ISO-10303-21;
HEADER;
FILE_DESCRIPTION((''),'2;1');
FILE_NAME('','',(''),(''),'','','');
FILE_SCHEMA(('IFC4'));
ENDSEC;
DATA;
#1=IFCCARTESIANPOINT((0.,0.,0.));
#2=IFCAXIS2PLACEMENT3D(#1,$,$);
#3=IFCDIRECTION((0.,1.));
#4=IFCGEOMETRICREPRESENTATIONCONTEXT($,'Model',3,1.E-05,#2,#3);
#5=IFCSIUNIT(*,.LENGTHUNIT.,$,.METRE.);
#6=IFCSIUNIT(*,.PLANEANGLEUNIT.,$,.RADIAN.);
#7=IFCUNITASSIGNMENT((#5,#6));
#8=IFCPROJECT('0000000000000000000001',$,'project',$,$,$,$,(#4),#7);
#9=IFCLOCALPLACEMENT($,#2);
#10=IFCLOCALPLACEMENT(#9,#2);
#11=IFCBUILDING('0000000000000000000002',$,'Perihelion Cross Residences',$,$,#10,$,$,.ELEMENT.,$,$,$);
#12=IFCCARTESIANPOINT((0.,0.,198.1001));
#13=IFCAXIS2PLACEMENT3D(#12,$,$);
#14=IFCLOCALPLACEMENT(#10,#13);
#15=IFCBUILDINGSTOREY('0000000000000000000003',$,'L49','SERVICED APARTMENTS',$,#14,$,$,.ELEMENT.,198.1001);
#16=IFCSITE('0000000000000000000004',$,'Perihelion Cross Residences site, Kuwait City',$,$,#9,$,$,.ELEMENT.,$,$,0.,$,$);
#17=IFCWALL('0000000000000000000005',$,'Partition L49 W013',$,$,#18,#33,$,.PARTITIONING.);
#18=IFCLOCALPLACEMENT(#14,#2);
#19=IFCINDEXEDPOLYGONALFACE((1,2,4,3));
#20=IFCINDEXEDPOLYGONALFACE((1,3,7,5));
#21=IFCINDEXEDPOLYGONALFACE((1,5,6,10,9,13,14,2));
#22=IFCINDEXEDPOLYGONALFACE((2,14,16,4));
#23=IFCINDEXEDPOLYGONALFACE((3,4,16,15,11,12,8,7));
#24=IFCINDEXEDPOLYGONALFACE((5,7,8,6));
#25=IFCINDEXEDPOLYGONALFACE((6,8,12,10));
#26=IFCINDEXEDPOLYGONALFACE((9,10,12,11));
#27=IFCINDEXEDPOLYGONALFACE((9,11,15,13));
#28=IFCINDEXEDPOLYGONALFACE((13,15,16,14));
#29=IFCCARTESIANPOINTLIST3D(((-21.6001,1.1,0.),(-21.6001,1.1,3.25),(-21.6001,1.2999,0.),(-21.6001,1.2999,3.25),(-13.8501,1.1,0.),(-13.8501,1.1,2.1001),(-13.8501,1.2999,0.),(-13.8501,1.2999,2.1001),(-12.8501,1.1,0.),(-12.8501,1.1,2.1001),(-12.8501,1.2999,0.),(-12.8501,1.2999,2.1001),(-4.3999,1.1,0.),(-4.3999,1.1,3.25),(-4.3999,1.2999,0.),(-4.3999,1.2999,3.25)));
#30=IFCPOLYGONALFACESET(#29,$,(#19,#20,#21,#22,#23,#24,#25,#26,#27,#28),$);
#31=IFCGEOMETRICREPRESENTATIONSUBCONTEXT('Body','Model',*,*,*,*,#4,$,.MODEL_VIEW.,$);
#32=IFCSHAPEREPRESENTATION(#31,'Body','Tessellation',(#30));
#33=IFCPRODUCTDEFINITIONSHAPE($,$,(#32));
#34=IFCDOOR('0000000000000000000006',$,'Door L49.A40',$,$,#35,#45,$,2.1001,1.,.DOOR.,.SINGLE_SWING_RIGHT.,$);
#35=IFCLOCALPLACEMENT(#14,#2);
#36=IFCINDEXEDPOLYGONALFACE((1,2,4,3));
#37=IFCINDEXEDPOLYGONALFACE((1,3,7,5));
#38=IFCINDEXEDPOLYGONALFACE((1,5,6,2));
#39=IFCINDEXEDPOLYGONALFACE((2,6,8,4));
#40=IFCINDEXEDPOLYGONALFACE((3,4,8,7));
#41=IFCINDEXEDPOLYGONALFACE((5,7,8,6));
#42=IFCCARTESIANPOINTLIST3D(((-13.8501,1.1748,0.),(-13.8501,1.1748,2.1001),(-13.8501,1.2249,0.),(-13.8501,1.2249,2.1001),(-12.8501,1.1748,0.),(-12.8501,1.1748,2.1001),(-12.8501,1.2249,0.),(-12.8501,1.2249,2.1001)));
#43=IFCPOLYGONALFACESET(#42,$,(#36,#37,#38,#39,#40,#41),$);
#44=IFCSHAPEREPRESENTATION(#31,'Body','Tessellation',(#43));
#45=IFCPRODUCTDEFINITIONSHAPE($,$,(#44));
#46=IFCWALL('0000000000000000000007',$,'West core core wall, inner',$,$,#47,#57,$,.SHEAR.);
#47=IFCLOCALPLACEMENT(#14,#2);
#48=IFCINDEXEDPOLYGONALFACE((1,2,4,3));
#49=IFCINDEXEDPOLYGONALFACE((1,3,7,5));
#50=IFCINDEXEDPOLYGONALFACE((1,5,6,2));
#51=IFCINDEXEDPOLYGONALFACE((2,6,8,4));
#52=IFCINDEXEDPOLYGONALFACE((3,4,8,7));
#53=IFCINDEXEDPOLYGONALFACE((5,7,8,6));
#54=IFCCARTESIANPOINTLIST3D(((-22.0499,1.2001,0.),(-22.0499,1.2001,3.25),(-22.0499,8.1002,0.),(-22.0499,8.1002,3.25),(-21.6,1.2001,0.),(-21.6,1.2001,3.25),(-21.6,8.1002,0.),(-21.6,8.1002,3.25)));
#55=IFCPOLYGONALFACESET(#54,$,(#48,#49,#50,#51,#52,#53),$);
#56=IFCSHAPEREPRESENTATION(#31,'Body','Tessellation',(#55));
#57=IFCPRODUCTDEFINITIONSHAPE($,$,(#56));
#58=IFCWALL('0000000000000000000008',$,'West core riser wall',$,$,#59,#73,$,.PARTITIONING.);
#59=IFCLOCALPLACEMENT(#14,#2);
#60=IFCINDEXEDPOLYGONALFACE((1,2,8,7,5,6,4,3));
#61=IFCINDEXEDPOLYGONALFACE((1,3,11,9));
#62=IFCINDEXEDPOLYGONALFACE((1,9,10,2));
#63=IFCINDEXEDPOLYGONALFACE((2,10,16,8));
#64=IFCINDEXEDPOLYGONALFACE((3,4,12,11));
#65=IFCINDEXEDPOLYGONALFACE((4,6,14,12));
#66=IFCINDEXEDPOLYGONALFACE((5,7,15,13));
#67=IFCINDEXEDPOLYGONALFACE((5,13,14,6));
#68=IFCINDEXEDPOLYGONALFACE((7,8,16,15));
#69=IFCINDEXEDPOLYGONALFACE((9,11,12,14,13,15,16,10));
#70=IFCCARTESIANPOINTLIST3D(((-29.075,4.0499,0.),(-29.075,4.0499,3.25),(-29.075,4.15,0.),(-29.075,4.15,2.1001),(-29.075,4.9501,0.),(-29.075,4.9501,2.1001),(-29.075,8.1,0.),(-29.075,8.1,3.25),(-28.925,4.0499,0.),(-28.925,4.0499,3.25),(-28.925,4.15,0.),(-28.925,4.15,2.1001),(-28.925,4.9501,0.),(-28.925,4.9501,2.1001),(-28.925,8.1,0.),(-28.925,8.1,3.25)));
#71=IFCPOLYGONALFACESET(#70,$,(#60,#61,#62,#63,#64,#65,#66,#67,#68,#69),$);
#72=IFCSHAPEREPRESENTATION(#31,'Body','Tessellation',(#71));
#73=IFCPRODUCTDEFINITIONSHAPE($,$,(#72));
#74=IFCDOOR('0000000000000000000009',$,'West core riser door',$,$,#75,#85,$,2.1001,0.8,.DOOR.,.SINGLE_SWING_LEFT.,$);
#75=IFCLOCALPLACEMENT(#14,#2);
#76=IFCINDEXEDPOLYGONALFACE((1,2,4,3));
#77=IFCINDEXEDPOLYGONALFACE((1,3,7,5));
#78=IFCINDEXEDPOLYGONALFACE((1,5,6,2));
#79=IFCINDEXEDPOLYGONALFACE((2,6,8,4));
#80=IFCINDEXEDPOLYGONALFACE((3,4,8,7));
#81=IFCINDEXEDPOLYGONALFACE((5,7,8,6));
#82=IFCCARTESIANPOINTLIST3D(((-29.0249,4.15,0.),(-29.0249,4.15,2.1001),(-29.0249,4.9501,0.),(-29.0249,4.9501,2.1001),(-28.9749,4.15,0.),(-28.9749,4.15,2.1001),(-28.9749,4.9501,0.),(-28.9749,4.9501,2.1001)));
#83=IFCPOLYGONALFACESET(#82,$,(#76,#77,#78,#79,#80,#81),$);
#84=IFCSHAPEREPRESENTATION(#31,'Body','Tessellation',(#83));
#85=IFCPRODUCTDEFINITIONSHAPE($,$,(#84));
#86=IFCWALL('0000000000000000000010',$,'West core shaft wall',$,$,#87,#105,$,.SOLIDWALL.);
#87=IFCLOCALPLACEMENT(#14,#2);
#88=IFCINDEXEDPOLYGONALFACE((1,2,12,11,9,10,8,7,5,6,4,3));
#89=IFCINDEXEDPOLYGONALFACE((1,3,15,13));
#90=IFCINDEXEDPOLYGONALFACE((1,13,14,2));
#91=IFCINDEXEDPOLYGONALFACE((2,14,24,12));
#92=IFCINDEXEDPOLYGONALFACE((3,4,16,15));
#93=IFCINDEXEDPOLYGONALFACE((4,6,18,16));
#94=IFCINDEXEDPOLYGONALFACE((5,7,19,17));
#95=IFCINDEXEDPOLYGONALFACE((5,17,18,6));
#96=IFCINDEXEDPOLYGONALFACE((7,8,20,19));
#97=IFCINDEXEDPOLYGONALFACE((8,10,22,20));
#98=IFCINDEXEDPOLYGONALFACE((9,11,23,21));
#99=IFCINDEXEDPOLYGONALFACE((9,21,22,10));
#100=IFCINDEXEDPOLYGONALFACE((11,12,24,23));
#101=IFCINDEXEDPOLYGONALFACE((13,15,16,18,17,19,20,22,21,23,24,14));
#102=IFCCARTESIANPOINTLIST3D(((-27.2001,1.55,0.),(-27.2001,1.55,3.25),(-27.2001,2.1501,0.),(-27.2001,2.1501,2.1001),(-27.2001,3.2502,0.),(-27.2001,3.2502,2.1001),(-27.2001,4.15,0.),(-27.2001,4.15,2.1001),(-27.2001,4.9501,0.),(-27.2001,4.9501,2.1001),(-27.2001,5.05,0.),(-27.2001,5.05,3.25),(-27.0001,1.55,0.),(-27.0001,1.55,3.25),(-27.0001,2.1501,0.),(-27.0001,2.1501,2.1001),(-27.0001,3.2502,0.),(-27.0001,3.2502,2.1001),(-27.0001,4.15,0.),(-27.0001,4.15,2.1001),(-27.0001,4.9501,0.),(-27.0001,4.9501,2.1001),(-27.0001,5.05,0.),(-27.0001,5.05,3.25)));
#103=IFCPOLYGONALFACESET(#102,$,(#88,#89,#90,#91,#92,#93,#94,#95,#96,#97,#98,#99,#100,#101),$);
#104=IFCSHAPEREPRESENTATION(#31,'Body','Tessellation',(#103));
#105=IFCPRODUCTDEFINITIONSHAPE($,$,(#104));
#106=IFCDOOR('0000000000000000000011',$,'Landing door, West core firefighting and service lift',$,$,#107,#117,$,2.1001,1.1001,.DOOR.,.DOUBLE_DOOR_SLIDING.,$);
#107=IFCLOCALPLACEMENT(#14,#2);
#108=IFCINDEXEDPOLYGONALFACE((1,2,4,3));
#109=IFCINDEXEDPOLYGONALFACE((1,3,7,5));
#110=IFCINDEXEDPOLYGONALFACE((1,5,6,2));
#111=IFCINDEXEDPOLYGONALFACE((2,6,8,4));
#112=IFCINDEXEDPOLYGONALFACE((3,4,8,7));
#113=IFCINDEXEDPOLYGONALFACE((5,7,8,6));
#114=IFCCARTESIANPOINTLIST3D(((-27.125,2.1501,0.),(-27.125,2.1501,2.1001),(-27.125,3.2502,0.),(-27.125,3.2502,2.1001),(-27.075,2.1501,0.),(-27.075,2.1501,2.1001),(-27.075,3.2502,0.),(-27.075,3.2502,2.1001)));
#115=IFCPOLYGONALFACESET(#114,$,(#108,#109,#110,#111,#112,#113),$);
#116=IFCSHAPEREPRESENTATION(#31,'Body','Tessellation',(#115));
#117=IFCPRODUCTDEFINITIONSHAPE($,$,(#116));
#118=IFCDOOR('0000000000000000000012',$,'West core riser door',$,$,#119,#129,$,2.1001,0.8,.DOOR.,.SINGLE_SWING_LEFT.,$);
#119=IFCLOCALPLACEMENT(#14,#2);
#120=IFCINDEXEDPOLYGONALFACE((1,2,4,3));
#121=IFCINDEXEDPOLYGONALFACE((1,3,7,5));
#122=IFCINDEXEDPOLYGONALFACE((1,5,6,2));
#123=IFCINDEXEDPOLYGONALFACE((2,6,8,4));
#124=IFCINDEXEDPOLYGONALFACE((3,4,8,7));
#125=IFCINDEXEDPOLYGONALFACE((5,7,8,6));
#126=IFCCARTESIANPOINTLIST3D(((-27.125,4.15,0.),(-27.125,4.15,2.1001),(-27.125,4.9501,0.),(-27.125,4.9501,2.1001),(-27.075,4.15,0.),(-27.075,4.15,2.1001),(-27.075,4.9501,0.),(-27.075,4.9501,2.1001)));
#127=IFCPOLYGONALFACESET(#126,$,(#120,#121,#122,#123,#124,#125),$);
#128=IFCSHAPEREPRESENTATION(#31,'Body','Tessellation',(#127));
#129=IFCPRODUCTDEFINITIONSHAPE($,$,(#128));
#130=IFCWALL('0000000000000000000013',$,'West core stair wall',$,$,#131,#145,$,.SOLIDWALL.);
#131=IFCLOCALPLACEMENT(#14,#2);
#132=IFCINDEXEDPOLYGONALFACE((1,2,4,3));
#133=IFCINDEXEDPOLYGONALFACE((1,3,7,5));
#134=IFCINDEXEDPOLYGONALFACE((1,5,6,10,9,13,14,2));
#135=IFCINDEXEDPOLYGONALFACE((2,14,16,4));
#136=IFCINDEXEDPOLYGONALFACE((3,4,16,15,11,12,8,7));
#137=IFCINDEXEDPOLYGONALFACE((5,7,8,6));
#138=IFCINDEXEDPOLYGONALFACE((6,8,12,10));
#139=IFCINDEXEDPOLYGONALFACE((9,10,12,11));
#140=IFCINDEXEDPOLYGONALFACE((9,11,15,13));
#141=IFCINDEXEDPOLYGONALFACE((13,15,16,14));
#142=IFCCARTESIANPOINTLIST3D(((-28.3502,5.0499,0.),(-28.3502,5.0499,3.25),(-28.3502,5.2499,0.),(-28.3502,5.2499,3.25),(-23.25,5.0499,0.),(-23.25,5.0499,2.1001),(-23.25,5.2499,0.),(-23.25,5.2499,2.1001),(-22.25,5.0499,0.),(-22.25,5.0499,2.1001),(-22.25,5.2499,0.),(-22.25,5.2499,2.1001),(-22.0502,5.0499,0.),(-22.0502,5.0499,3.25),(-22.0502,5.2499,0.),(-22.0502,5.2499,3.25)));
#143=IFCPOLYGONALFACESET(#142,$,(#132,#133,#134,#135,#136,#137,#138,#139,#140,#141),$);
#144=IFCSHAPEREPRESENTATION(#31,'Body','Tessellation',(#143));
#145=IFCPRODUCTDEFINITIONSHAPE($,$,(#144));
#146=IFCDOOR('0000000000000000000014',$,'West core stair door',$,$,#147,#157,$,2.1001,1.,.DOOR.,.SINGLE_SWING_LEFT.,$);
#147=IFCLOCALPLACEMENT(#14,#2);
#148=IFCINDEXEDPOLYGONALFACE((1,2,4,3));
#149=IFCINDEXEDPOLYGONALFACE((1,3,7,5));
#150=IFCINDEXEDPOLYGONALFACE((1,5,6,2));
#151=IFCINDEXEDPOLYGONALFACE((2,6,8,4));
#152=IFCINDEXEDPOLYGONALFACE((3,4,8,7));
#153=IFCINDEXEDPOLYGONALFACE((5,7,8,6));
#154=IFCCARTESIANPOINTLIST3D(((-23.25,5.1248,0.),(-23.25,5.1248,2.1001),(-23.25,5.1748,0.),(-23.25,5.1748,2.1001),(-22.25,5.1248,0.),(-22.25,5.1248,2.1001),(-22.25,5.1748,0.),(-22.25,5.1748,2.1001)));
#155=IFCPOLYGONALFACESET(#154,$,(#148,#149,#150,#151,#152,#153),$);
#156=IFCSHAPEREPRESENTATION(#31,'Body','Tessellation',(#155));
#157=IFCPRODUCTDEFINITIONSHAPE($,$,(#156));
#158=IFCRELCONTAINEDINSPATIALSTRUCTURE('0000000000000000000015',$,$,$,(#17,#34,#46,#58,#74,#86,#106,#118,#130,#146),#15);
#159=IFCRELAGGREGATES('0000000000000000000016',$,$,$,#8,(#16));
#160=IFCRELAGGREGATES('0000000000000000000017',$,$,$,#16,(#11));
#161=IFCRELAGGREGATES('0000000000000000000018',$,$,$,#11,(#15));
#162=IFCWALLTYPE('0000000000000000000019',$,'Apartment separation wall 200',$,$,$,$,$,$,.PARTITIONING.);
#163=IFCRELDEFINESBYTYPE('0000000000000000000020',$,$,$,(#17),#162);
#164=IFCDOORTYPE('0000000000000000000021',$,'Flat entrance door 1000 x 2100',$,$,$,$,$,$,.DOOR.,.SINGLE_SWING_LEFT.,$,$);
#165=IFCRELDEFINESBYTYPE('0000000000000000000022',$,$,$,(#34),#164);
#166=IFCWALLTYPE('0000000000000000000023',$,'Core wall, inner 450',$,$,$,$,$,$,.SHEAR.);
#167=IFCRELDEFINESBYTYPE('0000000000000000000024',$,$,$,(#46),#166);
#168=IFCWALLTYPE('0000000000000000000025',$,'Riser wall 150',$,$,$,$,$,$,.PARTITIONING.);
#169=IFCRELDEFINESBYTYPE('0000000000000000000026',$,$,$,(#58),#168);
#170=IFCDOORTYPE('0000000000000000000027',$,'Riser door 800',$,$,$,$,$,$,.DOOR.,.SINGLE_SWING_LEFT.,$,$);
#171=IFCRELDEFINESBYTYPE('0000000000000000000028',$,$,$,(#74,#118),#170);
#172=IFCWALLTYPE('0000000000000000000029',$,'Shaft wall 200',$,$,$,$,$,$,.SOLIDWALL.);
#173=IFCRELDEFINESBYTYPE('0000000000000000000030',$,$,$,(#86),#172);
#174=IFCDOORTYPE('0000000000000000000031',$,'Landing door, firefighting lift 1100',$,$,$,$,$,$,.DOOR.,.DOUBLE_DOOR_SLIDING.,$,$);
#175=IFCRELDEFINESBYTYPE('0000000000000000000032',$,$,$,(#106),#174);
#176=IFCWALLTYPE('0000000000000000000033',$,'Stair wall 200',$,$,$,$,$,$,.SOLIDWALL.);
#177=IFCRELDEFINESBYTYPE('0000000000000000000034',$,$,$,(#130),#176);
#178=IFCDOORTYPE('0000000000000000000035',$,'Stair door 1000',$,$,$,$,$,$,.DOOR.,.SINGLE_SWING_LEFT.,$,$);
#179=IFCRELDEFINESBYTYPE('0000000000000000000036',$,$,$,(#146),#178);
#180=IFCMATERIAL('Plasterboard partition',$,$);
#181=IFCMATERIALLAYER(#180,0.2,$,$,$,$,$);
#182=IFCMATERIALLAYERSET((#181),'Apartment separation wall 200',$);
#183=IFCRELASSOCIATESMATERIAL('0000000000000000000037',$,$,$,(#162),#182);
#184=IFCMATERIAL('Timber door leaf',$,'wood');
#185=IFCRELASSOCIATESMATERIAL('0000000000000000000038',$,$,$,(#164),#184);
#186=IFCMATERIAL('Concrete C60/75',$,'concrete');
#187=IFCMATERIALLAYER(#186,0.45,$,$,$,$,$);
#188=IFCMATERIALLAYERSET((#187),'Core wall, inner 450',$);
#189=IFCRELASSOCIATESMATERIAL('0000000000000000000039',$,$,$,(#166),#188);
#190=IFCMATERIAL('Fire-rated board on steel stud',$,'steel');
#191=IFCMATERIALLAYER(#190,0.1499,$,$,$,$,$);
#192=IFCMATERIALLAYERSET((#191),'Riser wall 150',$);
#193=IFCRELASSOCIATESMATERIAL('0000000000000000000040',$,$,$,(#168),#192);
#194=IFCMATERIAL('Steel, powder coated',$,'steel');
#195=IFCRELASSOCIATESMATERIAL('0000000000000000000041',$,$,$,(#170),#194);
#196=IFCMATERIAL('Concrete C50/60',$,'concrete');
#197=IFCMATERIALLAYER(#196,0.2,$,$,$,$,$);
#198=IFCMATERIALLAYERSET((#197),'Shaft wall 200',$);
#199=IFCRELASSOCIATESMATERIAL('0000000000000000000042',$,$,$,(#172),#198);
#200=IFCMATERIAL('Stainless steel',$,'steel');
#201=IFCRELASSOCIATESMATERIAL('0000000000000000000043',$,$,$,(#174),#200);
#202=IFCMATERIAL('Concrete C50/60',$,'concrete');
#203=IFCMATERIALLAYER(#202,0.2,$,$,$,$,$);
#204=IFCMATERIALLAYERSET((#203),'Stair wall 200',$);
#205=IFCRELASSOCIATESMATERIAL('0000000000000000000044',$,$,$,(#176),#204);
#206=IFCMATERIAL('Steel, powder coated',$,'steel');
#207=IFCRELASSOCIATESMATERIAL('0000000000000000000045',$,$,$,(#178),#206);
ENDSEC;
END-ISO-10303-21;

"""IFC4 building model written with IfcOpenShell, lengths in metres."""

from ifc_helpers import new_model, si_unit, direction, frame, frame_2d, origin, place, context, subcontext, project, spatial, rectangle, extrude, material, layer, layer_set, type_object, element, fill, save


model = new_model("IFC4")

# Units and contexts
model_context = context("Model", 3, precision=1e-05, world=origin(), true_north=direction((0.0, 1.0)))
body_context = subcontext(model_context, "Body", "Model", "MODEL_VIEW")
ifc_project = project(units=[si_unit("LENGTHUNIT", "METRE"), si_unit("PLANEANGLEUNIT", "RADIAN")], contexts=[model_context])

# Site, building, storey
site_placement = place(None, origin())
site = spatial("IfcSite", under=ifc_project, at=site_placement, Name="Perihelion Cross Residences site, Kuwait City", CompositionType="ELEMENT", RefElevation=0.0)
building_placement = place(site_placement, origin())
building = spatial("IfcBuilding", under=site, at=building_placement, Name="Perihelion Cross Residences", CompositionType="ELEMENT")
storey_placement = place(building_placement, frame((0.0, 0.0, 198.1001)))
storey = spatial("IfcBuildingStorey", under=building, at=storey_placement, Name="L49", Description="SERVICED APARTMENTS", CompositionType="ELEMENT", Elevation=198.1001)

# Wall, opening, door
ifc_material_1 = material(Name="Plasterboard partition")
ifc_layer_1 = layer(ifc_material_1, 0.2)
ifc_layer_set_1 = layer_set([ifc_layer_1], Name="Apartment separation wall 200")
wall_type_1 = type_object("IfcWallType", Name="Apartment separation wall 200", PredefinedType="PARTITIONING", material=ifc_layer_set_1)
wall_1_placement = place(storey_placement, frame((-21.6001, 1.2, 0.0), z_axis=(0.0, 0.0, 1.0), x_axis=(1.0, 0.0, 0.0)))
wall_1 = element("IfcWall", 1, at=wall_1_placement, inside=storey, type_object=wall_type_1, Name="Partition L49 W013", PredefinedType="PARTITIONING", context=body_context, shape_type="SweptSolid", body=[
    extrude(rectangle(XDim=17.2002, YDim=0.2, at=frame_2d((8.6001, 0.0))), origin(), (0.0, 0.0, 1.0), 3.25),
])
opening_1_placement = place(wall_1_placement, frame((7.75, 0.0, 0.0)))
opening_1 = element("IfcOpeningElement", 2, at=opening_1_placement, cuts=wall_1, PredefinedType="OPENING", context=body_context, shape_type="SweptSolid", body=[
    extrude(rectangle(XDim=1.0, YDim=2.1001, at=frame_2d((0.5, 1.05))), frame((0.0, 0.1099, 0.0), z_axis=(0.0, -1.0, 0.0), x_axis=(1.0, 0.0, 0.0)), (0.0, 0.0, 1.0), 0.22),
])
ifc_material_2 = material(Name="Timber door leaf", Category="wood")
door_type_1 = type_object("IfcDoorType", Name="Flat entrance door 1000 x 2100", OperationType="SINGLE_SWING_LEFT", PredefinedType="DOOR", material=ifc_material_2)
door_1_placement = place(opening_1_placement, origin())
door_1 = element("IfcDoor", 3, at=door_1_placement, inside=storey, type_object=door_type_1, Name="Door L49.A40", OperationType="SINGLE_SWING_RIGHT", OverallHeight=2.1001, OverallWidth=1.0, PredefinedType="DOOR", context=body_context, shape_type="SweptSolid", body=[
    extrude(rectangle(XDim=1.0, YDim=2.1001, at=frame_2d((0.5, 1.05))), frame((0.0, 0.0249, 0.0), z_axis=(0.0, -1.0, 0.0), x_axis=(1.0, 0.0, 0.0)), (0.0, 0.0, 1.0), 0.05),
])
fill(opening_1, door_1)

# Wall
ifc_material_3 = material(Name="Concrete C60/75", Category="concrete")
ifc_layer_2 = layer(ifc_material_3, 0.45)
ifc_layer_set_2 = layer_set([ifc_layer_2], Name="Core wall, inner 450")
wall_type_2 = type_object("IfcWallType", Name="Core wall, inner 450", PredefinedType="SHEAR", material=ifc_layer_set_2)
wall_2_placement = place(storey_placement, frame((-21.825, 1.2, 0.0), z_axis=(0.0, 0.0, 1.0), x_axis=(0.0, 1.0, 0.0)))
element("IfcWall", 4, at=wall_2_placement, inside=storey, type_object=wall_type_2, Name="West core core wall, inner", PredefinedType="SHEAR", context=body_context, shape_type="SweptSolid", body=[
    extrude(rectangle(XDim=6.9001, YDim=0.45, at=frame_2d((3.4502, 0.0))), origin(), (0.0, 0.0, 1.0), 3.25),
])

# Wall, opening, door
ifc_material_4 = material(Name="Fire-rated board on steel stud", Category="steel")
ifc_layer_3 = layer(ifc_material_4, 0.1499)
ifc_layer_set_3 = layer_set([ifc_layer_3], Name="Riser wall 150")
wall_type_3 = type_object("IfcWallType", Name="Riser wall 150", PredefinedType="PARTITIONING", material=ifc_layer_set_3)
wall_3_placement = place(storey_placement, frame((-29.0, 4.05, 0.0), z_axis=(0.0, 0.0, 1.0), x_axis=(0.0, 1.0, 0.0)))
wall_3 = element("IfcWall", 5, at=wall_3_placement, inside=storey, type_object=wall_type_3, Name="West core riser wall", PredefinedType="PARTITIONING", context=body_context, shape_type="SweptSolid", body=[
    extrude(rectangle(XDim=4.05, YDim=0.1499, at=frame_2d((2.0249, 0.0))), origin(), (0.0, 0.0, 1.0), 3.25),
])
opening_2_placement = place(wall_3_placement, frame((0.1001, 0.0, 0.0)))
opening_2 = element("IfcOpeningElement", 6, at=opening_2_placement, cuts=wall_3, PredefinedType="OPENING", context=body_context, shape_type="SweptSolid", body=[
    extrude(rectangle(XDim=0.8, YDim=2.1001, at=frame_2d((0.3999, 1.05))), frame((0.0, 0.085, 0.0), z_axis=(0.0, -1.0, 0.0), x_axis=(1.0, 0.0, 0.0)), (0.0, 0.0, 1.0), 0.1699),
])
ifc_material_5 = material(Name="Steel, powder coated", Category="steel")
door_type_2 = type_object("IfcDoorType", Name="Riser door 800", OperationType="SINGLE_SWING_LEFT", PredefinedType="DOOR", material=ifc_material_5)
door_2_placement = place(opening_2_placement, origin())
door_2 = element("IfcDoor", 7, at=door_2_placement, inside=storey, type_object=door_type_2, Name="West core riser door", OperationType="SINGLE_SWING_LEFT", OverallHeight=2.1001, OverallWidth=0.8, PredefinedType="DOOR", context=body_context, shape_type="SweptSolid", body=[
    extrude(rectangle(XDim=0.8, YDim=2.1001, at=frame_2d((0.3999, 1.05))), frame((0.0, 0.0249, 0.0), z_axis=(0.0, -1.0, 0.0), x_axis=(1.0, 0.0, 0.0)), (0.0, 0.0, 1.0), 0.05),
])
fill(opening_2, door_2)

# Wall, openings, doors
ifc_material_6 = material(Name="Concrete C50/60", Category="concrete")
ifc_layer_4 = layer(ifc_material_6, 0.2)
ifc_layer_set_4 = layer_set([ifc_layer_4], Name="Shaft wall 200")
wall_type_4 = type_object("IfcWallType", Name="Shaft wall 200", PredefinedType="SOLIDWALL", material=ifc_layer_set_4)
wall_4_placement = place(storey_placement, frame((-27.1001, 1.55, 0.0), z_axis=(0.0, 0.0, 1.0), x_axis=(0.0, 1.0, 0.0)))
wall_4 = element("IfcWall", 8, at=wall_4_placement, inside=storey, type_object=wall_type_4, Name="West core shaft wall", PredefinedType="SOLIDWALL", context=body_context, shape_type="SweptSolid", body=[
    extrude(rectangle(XDim=3.5, YDim=0.2, at=frame_2d((1.75, 0.0))), origin(), (0.0, 0.0, 1.0), 3.25),
])
opening_3_placement = place(wall_4_placement, frame((0.6001, 0.0, 0.0)))
opening_3 = element("IfcOpeningElement", 9, at=opening_3_placement, cuts=wall_4, PredefinedType="OPENING", context=body_context, shape_type="SweptSolid", body=[
    extrude(rectangle(XDim=1.1001, YDim=2.1001, at=frame_2d((0.55, 1.05))), frame((0.0, 0.1099, 0.0), z_axis=(0.0, -1.0, 0.0), x_axis=(1.0, 0.0, 0.0)), (0.0, 0.0, 1.0), 0.22),
])
opening_4_placement = place(wall_4_placement, frame((2.6001, 0.0, 0.0)))
opening_4 = element("IfcOpeningElement", 10, at=opening_4_placement, cuts=wall_4, PredefinedType="OPENING", context=body_context, shape_type="SweptSolid", body=[
    extrude(rectangle(XDim=0.8, YDim=2.1001, at=frame_2d((0.3999, 1.05))), frame((0.0, 0.1099, 0.0), z_axis=(0.0, -1.0, 0.0), x_axis=(1.0, 0.0, 0.0)), (0.0, 0.0, 1.0), 0.22),
])
ifc_material_7 = material(Name="Stainless steel", Category="steel")
door_type_3 = type_object("IfcDoorType", Name="Landing door, firefighting lift 1100", OperationType="DOUBLE_DOOR_SLIDING", PredefinedType="DOOR", material=ifc_material_7)
door_3_placement = place(opening_3_placement, origin())
door_3 = element("IfcDoor", 11, at=door_3_placement, inside=storey, type_object=door_type_3, Name="Landing door, West core firefighting and service lift", OperationType="DOUBLE_DOOR_SLIDING", OverallHeight=2.1001, OverallWidth=1.1001, PredefinedType="DOOR", context=body_context, shape_type="SweptSolid", body=[
    extrude(rectangle(XDim=1.1001, YDim=2.1001, at=frame_2d((0.55, 1.05))), frame((0.0, 0.0249, 0.0), z_axis=(0.0, -1.0, 0.0), x_axis=(1.0, 0.0, 0.0)), (0.0, 0.0, 1.0), 0.05),
])
fill(opening_3, door_3)
door_4_placement = place(opening_4_placement, origin())
door_4 = element("IfcDoor", 12, at=door_4_placement, inside=storey, type_object=door_type_2, Name="West core riser door", OperationType="SINGLE_SWING_LEFT", OverallHeight=2.1001, OverallWidth=0.8, PredefinedType="DOOR", context=body_context, shape_type="SweptSolid", body=[
    extrude(rectangle(XDim=0.8, YDim=2.1001, at=frame_2d((0.3999, 1.05))), frame((0.0, 0.0249, 0.0), z_axis=(0.0, -1.0, 0.0), x_axis=(1.0, 0.0, 0.0)), (0.0, 0.0, 1.0), 0.05),
])
fill(opening_4, door_4)

# Wall, opening, door
ifc_material_8 = material(Name="Concrete C50/60", Category="concrete")
ifc_layer_5 = layer(ifc_material_8, 0.2)
ifc_layer_set_5 = layer_set([ifc_layer_5], Name="Stair wall 200")
wall_type_5 = type_object("IfcWallType", Name="Stair wall 200", PredefinedType="SOLIDWALL", material=ifc_layer_set_5)
wall_5_placement = place(storey_placement, frame((-28.3501, 5.1499, 0.0), z_axis=(0.0, 0.0, 1.0), x_axis=(1.0, 0.0, 0.0)))
wall_5 = element("IfcWall", 13, at=wall_5_placement, inside=storey, type_object=wall_type_5, Name="West core stair wall", PredefinedType="SOLIDWALL", context=body_context, shape_type="SweptSolid", body=[
    extrude(rectangle(XDim=6.3, YDim=0.2, at=frame_2d((3.1499, 0.0))), origin(), (0.0, 0.0, 1.0), 3.25),
])
opening_5_placement = place(wall_5_placement, frame((5.1001, 0.0, 0.0)))
opening_5 = element("IfcOpeningElement", 14, at=opening_5_placement, cuts=wall_5, PredefinedType="OPENING", context=body_context, shape_type="SweptSolid", body=[
    extrude(rectangle(XDim=1.0, YDim=2.1001, at=frame_2d((0.5, 1.05))), frame((0.0, 0.1099, 0.0), z_axis=(0.0, -1.0, 0.0), x_axis=(1.0, 0.0, 0.0)), (0.0, 0.0, 1.0), 0.22),
])
ifc_material_9 = material(Name="Steel, powder coated", Category="steel")
door_type_4 = type_object("IfcDoorType", Name="Stair door 1000", OperationType="SINGLE_SWING_LEFT", PredefinedType="DOOR", material=ifc_material_9)
door_5_placement = place(opening_5_placement, origin())
door_5 = element("IfcDoor", 15, at=door_5_placement, inside=storey, type_object=door_type_4, Name="West core stair door", OperationType="SINGLE_SWING_LEFT", OverallHeight=2.1001, OverallWidth=1.0, PredefinedType="DOOR", context=body_context, shape_type="SweptSolid", body=[
    extrude(rectangle(XDim=1.0, YDim=2.1001, at=frame_2d((0.5, 1.05))), frame((0.0, 0.0249, 0.0), z_axis=(0.0, -1.0, 0.0), x_axis=(1.0, 0.0, 0.0)), (0.0, 0.0, 1.0), 0.05),
])
fill(opening_5, door_5)

save(model, "model.ifc")
